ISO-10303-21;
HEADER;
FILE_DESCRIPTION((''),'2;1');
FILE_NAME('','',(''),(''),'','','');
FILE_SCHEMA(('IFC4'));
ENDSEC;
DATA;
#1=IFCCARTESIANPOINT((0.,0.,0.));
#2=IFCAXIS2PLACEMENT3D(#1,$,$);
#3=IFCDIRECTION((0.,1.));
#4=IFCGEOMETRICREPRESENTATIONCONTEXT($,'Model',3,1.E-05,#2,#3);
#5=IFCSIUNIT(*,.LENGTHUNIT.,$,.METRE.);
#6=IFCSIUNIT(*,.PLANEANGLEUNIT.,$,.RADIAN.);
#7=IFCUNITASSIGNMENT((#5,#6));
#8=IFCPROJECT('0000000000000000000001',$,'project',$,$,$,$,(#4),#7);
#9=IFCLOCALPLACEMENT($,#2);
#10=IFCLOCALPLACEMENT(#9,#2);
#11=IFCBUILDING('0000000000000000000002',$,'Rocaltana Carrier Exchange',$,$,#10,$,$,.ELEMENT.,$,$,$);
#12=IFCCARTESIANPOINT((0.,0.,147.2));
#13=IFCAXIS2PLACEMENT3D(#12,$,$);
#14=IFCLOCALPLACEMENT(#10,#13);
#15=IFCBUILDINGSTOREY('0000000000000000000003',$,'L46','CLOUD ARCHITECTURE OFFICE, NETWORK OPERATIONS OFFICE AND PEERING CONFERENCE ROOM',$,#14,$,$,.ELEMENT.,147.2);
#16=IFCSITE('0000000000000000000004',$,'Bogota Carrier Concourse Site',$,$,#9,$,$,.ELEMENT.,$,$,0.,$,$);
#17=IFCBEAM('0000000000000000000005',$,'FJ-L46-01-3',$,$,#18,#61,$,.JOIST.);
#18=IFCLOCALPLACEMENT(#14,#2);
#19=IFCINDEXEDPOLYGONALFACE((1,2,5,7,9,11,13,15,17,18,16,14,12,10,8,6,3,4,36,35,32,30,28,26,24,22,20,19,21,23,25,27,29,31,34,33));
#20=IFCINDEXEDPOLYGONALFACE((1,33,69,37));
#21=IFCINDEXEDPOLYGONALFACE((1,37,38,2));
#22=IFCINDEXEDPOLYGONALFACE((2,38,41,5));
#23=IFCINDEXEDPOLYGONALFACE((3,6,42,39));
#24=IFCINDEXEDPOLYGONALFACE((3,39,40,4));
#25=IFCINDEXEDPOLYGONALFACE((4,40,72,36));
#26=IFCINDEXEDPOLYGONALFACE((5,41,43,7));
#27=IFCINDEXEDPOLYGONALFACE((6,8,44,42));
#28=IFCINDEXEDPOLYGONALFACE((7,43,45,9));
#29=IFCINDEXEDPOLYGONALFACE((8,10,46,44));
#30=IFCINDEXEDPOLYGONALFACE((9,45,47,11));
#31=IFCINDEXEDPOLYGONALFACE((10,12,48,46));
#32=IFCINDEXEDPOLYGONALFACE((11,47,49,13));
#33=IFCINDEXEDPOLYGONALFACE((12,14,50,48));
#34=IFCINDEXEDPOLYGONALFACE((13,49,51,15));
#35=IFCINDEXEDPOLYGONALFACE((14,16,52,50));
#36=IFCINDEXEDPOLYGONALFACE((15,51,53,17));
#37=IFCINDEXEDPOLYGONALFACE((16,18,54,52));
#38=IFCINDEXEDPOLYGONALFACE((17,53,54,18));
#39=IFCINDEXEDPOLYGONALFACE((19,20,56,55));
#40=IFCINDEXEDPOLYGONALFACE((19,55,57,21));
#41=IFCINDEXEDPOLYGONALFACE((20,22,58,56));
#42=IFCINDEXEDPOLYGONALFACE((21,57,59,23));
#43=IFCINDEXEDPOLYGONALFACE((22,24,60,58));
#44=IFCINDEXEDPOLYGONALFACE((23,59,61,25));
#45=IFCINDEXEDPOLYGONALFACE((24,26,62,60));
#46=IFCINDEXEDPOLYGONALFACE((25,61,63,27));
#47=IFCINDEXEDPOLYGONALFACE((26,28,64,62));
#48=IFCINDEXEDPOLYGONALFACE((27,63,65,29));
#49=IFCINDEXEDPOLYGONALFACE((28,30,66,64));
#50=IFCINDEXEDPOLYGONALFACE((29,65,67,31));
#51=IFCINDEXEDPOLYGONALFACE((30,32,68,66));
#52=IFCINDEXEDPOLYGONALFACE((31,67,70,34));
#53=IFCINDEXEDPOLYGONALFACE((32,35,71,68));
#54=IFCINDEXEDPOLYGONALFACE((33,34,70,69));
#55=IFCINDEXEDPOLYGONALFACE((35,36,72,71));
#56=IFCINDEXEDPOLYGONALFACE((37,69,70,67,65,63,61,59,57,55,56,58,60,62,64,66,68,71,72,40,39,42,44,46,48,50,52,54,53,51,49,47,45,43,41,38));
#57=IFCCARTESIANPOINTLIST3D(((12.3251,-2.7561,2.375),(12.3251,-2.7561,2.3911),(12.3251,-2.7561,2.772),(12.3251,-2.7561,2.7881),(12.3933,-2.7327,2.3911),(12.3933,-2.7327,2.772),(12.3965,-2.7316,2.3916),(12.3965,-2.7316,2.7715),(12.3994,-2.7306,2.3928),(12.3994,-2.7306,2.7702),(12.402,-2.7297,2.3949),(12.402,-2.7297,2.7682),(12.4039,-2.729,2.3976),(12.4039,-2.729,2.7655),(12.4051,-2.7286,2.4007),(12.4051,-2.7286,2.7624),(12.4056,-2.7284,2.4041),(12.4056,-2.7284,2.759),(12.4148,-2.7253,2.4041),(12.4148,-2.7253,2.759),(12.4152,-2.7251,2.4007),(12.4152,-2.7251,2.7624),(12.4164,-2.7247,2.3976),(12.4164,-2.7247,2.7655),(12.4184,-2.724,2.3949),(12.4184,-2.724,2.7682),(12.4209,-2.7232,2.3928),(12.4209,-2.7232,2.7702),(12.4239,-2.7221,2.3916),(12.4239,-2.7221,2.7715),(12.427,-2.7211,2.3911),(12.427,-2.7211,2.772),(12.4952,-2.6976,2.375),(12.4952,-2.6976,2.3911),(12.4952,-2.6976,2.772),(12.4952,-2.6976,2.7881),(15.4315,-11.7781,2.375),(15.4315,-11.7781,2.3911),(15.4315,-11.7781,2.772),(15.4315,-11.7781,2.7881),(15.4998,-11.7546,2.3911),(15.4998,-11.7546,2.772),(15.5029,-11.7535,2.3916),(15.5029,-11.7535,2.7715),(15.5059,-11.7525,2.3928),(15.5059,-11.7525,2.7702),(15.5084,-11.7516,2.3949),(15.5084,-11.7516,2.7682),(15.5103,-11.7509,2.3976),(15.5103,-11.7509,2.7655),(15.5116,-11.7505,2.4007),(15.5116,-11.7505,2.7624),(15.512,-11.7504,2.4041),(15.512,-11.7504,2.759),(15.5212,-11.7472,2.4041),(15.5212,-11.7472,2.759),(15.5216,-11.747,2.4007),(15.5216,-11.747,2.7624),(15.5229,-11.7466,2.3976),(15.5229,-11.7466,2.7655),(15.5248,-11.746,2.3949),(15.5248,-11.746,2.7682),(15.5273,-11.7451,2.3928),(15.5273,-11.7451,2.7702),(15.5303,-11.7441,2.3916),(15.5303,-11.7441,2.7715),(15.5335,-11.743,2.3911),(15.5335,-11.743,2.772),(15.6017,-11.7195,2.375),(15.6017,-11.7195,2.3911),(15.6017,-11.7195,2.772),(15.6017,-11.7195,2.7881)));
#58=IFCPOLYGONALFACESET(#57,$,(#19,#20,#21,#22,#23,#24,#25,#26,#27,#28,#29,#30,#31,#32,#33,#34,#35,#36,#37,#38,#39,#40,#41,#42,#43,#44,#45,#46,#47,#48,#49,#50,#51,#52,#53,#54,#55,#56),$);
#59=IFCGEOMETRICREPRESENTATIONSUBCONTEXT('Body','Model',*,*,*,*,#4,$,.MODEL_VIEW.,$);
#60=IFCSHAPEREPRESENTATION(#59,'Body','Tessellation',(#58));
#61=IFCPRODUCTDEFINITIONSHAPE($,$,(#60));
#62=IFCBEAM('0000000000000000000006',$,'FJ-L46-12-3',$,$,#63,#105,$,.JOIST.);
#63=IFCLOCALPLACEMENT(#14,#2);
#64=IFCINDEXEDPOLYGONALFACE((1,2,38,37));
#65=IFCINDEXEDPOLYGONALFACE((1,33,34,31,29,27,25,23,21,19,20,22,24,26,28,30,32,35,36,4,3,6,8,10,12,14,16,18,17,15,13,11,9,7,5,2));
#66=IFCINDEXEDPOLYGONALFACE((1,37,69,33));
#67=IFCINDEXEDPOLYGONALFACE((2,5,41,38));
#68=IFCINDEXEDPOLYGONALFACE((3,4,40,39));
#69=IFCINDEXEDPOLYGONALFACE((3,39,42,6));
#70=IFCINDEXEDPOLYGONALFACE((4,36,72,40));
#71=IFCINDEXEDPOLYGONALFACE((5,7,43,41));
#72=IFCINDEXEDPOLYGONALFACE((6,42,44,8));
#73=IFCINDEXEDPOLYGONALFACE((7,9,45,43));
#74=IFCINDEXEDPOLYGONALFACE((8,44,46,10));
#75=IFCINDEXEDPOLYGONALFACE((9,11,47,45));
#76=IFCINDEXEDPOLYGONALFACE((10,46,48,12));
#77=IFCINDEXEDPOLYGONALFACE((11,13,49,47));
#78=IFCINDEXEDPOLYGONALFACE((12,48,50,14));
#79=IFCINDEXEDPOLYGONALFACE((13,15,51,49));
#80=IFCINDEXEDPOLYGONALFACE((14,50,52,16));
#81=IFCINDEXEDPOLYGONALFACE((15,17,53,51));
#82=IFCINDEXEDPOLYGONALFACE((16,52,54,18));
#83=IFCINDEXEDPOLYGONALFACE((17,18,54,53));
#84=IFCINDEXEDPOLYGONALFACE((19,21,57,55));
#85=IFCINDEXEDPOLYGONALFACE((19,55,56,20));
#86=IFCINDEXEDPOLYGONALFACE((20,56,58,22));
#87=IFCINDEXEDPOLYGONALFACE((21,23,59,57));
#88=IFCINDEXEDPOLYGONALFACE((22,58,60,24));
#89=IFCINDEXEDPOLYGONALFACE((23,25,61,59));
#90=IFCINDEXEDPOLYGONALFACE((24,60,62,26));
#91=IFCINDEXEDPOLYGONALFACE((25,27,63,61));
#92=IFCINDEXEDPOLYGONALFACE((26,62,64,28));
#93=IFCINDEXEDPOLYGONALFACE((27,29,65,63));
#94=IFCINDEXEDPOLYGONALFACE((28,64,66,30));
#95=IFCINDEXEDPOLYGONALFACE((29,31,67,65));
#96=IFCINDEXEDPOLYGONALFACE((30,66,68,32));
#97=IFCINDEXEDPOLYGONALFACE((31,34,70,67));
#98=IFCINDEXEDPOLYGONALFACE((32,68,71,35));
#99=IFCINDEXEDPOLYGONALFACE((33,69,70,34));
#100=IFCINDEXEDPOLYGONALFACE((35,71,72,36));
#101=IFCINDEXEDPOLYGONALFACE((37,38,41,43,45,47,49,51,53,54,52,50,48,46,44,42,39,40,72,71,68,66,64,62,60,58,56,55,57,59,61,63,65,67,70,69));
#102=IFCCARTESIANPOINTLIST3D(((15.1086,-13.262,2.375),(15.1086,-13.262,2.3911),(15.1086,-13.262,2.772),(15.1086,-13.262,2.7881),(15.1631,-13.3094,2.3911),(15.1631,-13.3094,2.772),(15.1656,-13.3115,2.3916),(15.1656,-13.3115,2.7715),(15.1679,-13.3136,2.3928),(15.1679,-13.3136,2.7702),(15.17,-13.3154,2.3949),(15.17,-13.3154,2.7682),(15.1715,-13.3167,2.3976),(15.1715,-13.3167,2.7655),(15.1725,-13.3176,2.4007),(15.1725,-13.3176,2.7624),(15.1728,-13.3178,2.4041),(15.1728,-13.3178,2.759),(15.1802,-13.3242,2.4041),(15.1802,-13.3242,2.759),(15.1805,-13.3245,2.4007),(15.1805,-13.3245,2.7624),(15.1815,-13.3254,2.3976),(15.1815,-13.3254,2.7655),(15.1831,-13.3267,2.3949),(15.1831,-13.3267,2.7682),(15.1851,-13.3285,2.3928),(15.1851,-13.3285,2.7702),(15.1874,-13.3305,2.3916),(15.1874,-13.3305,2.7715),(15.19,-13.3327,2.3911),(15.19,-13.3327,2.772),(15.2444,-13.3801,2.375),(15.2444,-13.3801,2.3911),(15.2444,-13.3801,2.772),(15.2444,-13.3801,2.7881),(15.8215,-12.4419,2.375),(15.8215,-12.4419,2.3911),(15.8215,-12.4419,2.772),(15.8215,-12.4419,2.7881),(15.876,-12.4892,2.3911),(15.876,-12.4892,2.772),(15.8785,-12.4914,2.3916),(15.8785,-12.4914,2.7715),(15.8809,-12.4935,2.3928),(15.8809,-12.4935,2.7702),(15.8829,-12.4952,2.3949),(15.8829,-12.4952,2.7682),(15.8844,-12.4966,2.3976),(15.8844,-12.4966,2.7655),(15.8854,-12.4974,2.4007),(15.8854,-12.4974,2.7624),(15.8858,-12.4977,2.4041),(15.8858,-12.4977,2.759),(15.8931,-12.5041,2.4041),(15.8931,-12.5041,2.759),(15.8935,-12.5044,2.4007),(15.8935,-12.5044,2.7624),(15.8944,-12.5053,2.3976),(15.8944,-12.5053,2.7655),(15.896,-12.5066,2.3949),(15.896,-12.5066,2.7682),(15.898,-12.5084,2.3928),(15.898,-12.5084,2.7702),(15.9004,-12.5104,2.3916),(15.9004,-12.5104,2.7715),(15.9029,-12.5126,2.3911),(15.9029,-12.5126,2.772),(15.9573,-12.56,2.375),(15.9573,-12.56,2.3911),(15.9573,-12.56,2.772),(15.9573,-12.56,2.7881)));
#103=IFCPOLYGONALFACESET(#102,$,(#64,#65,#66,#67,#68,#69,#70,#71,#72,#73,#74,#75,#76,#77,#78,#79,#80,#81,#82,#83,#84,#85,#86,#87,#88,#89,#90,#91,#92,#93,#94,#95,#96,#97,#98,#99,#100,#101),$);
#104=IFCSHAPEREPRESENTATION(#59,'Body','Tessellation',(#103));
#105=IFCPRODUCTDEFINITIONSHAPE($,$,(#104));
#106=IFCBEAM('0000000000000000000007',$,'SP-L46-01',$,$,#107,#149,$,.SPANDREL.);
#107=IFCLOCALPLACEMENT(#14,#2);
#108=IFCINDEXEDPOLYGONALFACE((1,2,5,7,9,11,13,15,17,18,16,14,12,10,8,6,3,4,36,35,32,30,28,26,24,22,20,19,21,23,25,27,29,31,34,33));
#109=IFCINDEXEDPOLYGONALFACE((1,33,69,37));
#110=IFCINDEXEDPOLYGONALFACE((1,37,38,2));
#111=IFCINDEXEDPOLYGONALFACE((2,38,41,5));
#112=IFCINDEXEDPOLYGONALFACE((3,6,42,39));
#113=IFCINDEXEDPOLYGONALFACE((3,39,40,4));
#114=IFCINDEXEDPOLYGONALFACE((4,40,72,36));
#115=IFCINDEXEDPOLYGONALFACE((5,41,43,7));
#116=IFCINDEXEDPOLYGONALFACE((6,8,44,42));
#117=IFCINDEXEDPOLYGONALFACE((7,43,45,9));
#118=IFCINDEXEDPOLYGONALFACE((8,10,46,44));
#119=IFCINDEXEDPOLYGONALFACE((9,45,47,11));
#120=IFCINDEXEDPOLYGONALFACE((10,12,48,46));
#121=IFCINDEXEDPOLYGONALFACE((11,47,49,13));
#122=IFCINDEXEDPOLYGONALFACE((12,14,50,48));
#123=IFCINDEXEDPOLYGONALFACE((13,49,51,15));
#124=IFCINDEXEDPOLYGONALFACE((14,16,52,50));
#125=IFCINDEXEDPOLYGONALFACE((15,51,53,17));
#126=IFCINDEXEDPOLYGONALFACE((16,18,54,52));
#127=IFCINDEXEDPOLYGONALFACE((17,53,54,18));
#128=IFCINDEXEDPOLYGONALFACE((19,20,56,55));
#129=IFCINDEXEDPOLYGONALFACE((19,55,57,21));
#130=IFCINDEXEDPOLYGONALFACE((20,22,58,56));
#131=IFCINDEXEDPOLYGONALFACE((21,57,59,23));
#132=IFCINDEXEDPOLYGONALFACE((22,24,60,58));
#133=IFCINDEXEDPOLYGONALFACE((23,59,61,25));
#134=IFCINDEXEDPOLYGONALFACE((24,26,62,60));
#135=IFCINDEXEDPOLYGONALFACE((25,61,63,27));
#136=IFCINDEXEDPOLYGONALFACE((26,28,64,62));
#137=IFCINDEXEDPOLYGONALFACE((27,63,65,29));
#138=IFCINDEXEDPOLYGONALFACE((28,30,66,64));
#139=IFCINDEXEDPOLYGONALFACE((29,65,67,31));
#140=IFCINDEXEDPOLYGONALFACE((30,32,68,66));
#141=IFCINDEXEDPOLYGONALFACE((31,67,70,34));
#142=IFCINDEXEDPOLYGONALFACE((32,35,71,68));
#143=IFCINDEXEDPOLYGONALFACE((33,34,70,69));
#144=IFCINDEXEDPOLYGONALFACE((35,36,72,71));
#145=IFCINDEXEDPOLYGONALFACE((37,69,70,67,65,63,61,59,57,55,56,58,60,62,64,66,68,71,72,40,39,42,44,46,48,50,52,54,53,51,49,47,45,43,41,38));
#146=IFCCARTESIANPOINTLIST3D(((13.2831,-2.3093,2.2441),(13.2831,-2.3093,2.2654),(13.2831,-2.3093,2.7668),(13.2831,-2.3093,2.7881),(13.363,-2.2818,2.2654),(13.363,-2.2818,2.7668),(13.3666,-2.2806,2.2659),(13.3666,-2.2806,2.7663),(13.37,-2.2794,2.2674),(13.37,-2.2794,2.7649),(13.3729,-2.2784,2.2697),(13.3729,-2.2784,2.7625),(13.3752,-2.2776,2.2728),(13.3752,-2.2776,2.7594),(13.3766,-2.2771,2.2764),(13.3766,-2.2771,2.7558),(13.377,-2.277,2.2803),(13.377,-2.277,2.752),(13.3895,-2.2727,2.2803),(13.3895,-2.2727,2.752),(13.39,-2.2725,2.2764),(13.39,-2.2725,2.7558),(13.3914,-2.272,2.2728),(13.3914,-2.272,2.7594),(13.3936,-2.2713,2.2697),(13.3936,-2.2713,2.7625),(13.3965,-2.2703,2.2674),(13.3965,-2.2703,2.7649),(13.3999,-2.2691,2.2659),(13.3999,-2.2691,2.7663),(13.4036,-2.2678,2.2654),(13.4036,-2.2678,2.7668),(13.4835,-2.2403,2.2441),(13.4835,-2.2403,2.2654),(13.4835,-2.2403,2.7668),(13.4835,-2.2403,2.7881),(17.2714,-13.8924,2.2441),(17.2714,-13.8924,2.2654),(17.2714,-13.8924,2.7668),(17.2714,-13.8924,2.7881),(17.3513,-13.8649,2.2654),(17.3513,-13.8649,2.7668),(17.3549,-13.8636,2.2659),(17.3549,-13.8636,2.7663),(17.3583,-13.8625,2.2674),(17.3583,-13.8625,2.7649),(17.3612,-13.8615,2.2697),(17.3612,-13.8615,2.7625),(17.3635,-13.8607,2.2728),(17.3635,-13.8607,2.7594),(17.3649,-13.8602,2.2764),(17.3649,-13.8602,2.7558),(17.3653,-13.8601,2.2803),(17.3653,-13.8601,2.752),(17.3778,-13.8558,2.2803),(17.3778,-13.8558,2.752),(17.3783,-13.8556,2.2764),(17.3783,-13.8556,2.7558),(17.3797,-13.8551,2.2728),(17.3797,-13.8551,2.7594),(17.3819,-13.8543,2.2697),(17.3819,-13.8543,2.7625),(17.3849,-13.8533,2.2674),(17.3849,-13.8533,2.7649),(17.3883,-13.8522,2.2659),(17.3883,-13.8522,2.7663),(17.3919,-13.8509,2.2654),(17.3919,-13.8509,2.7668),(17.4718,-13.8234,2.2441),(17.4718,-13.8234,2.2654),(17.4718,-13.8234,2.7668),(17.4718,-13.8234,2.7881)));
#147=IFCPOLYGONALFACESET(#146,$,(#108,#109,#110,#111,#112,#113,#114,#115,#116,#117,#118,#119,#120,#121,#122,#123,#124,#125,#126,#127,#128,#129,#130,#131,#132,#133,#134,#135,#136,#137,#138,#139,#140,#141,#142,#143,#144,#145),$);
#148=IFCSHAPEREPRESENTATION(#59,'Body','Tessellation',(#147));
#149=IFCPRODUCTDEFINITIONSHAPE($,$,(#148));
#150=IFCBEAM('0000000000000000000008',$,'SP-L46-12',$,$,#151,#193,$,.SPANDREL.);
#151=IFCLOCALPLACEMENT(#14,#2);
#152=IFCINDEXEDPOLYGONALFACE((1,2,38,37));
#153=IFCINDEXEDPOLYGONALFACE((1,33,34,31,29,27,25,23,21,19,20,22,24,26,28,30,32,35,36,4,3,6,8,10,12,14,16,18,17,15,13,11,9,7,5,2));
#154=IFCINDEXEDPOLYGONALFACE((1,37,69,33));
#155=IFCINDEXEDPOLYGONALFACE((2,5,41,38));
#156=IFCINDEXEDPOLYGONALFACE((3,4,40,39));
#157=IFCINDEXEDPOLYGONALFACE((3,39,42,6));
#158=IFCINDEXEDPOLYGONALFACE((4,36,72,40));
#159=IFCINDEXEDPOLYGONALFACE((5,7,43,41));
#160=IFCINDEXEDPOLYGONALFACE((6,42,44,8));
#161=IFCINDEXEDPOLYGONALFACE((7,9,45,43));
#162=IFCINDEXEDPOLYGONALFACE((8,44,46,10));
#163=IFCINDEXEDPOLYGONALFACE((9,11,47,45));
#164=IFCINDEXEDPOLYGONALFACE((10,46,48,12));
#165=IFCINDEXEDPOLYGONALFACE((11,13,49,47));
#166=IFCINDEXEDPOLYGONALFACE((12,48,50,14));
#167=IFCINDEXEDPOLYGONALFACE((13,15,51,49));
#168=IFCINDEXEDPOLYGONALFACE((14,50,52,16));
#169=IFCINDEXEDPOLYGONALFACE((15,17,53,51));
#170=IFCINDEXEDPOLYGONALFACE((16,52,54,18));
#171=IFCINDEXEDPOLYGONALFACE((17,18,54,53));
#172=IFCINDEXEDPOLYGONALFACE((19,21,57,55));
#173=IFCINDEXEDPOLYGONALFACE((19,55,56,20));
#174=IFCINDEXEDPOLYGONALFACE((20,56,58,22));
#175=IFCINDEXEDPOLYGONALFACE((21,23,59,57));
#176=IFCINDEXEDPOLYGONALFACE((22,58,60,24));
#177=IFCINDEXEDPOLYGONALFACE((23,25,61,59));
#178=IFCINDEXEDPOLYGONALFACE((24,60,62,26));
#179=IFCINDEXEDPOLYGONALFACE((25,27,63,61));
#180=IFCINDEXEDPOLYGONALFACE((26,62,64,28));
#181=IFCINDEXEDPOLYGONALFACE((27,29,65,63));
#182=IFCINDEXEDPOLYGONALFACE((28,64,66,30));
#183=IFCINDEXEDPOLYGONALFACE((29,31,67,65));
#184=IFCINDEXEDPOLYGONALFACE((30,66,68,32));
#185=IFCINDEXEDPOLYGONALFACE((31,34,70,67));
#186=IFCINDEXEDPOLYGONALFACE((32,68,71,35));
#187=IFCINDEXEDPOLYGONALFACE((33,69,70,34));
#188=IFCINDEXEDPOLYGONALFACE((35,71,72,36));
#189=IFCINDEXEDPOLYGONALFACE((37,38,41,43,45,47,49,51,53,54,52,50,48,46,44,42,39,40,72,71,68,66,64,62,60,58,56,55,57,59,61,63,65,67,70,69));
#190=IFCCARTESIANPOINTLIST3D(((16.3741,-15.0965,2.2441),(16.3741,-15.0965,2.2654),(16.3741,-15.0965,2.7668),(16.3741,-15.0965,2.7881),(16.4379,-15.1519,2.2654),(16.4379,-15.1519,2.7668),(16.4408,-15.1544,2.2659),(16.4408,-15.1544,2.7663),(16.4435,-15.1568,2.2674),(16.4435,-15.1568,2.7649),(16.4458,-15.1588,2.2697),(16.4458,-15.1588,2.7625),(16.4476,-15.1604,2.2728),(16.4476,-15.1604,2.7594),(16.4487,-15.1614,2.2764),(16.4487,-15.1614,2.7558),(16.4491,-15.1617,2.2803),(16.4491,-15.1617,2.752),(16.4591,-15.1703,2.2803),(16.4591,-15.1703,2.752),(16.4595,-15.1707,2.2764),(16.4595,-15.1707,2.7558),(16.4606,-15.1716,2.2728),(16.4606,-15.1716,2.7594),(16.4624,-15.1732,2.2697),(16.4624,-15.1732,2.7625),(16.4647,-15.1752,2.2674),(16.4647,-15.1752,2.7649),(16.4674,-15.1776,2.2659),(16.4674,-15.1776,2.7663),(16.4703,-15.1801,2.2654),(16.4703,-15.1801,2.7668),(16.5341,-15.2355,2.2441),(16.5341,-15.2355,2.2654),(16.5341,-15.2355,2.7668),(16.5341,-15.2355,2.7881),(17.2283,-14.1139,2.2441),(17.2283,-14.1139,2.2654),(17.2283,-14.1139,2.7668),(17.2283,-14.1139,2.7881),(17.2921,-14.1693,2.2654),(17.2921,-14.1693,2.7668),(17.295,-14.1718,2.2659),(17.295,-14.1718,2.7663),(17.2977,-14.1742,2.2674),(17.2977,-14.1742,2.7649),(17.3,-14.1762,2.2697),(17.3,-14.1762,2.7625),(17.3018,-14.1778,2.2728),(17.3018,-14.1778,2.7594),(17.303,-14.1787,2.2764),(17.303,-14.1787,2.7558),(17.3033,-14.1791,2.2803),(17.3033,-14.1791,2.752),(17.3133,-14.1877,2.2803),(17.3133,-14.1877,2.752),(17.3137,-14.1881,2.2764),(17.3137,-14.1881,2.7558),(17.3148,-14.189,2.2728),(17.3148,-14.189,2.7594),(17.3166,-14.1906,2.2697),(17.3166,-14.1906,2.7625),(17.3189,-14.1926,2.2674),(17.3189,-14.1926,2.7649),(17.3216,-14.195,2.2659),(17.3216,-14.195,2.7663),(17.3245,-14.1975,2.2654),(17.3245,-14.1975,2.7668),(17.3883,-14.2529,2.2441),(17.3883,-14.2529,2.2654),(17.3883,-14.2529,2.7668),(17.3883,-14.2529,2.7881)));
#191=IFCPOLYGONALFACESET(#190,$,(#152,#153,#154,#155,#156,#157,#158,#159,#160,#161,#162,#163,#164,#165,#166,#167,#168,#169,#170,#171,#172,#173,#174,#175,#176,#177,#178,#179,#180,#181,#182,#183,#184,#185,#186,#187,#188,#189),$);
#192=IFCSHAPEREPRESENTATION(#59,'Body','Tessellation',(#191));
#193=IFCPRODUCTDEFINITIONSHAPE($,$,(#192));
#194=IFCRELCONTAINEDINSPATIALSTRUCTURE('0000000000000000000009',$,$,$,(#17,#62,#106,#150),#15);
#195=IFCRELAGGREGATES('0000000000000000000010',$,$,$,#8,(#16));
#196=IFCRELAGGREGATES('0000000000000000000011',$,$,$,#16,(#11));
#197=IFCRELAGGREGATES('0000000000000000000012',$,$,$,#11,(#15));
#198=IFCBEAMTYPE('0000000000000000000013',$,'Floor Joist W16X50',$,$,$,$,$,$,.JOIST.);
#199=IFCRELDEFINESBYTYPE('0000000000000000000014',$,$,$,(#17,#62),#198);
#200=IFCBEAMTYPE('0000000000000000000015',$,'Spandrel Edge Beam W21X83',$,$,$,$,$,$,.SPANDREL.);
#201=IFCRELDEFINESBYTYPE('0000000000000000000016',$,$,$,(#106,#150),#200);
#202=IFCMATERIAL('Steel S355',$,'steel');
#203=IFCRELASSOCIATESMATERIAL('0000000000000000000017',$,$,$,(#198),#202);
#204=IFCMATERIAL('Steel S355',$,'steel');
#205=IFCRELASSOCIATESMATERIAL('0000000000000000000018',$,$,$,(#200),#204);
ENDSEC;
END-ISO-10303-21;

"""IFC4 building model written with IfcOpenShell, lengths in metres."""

from ifc_helpers import new_model, si_unit, direction, frame, origin, origin_2d, place, context, subcontext, project, spatial, i_section, extrude, material, material_profile, profile_set, type_object, element, save


model = new_model("IFC4")

# Units and contexts
model_context = context("Model", 3, precision=1e-05, world=origin(), true_north=direction((0.0, 1.0)))
body_context = subcontext(model_context, "Body", "Model", "MODEL_VIEW")
ifc_project = project(units=[si_unit("LENGTHUNIT", "METRE"), si_unit("PLANEANGLEUNIT", "RADIAN")], contexts=[model_context])

# Site, building, storey
site_placement = place(None, origin())
site = spatial("IfcSite", under=ifc_project, at=site_placement, Name="Bogota Carrier Concourse Site", CompositionType="ELEMENT", RefElevation=0.0)
building_placement = place(site_placement, origin())
building = spatial("IfcBuilding", under=site, at=building_placement, Name="Rocaltana Carrier Exchange", CompositionType="ELEMENT")
storey_placement = place(building_placement, frame((0.0, 0.0, 147.2)))
storey = spatial("IfcBuildingStorey", under=building, at=storey_placement, Name="L46", Description="CLOUD ARCHITECTURE OFFICE, NETWORK OPERATIONS OFFICE AND PEERING CONFERENCE ROOM", CompositionType="ELEMENT", Elevation=147.2)

# Beams
ifc_material_1 = material(Name="Steel S355", Category="steel")
ifc_material_profile_1 = material_profile(ifc_material_1, i_section(OverallWidth=0.1799, OverallDepth=0.4131, WebThickness=0.0098, FlangeThickness=0.0161, FilletRadius=0.0129, at=origin_2d()), Name="W16X50")
ifc_profile_set_1 = profile_set([ifc_material_profile_1], Name="Steel S355")
beam_type_1 = type_object("IfcBeamType", Name="Floor Joist W16X50", PredefinedType="JOIST", material=ifc_profile_set_1)
beam_1_placement = place(storey_placement, frame((15.5166, -11.7488, 2.5815), z_axis=(-0.325562, 0.945521, 0.0), x_axis=(-0.945521, -0.325562, 0.0)))
element("IfcBeam", 1, at=beam_1_placement, inside=storey, type_object=beam_type_1, Name="FJ-L46-01-3", PredefinedType="JOIST", context=body_context, shape_type="SweptSolid", body=[
    extrude(i_section(OverallWidth=0.1799, OverallDepth=0.4131, WebThickness=0.0098, FlangeThickness=0.0161, FilletRadius=0.0129, at=origin_2d()), origin(), (0.0, 0.0, 1.0), 9.5417),
])
beam_2_placement = place(storey_placement, frame((15.1765, -13.321, 2.5815), z_axis=(0.656067, 0.754702, 0.0), x_axis=(-0.754702, 0.656067, 0.0)))
element("IfcBeam", 2, at=beam_2_placement, inside=storey, type_object=beam_type_1, Name="FJ-L46-12-3", PredefinedType="JOIST", context=body_context, shape_type="SweptSolid", body=[
    extrude(i_section(OverallWidth=0.1799, OverallDepth=0.4131, WebThickness=0.0098, FlangeThickness=0.0161, FilletRadius=0.0129, at=origin_2d()), origin(), (0.0, 0.0, 1.0), 1.0867),
])
ifc_material_2 = material(Name="Steel S355", Category="steel")
ifc_material_profile_2 = material_profile(ifc_material_2, i_section(OverallWidth=0.2119, OverallDepth=0.5439, WebThickness=0.0132, FlangeThickness=0.0212, FilletRadius=0.0149, at=origin_2d()), Name="W21X83")
ifc_profile_set_2 = profile_set([ifc_material_profile_2], Name="Steel S355")
beam_type_2 = type_object("IfcBeamType", Name="Spandrel Edge Beam W21X83", PredefinedType="SPANDREL", material=ifc_profile_set_2)
beam_3_placement = place(storey_placement, frame((17.3716, -13.8579, 2.5161), z_axis=(-0.325563, 0.94552, 0.0), x_axis=(-0.94552, -0.325563, 0.0)))
element("IfcBeam", 3, at=beam_3_placement, inside=storey, type_object=beam_type_2, Name="SP-L46-01", PredefinedType="SPANDREL", context=body_context, shape_type="SweptSolid", body=[
    extrude(i_section(OverallWidth=0.2119, OverallDepth=0.5439, WebThickness=0.0132, FlangeThickness=0.0212, FilletRadius=0.0149, at=origin_2d()), origin(), (0.0, 0.0, 1.0), 12.2505),
])
beam_4_placement = place(storey_placement, frame((16.4541, -15.166, 2.5161), z_axis=(0.656072, 0.754698, 0.0), x_axis=(-0.754698, 0.656072, 0.0)))
element("IfcBeam", 4, at=beam_4_placement, inside=storey, type_object=beam_type_2, Name="SP-L46-12", PredefinedType="SPANDREL", context=body_context, shape_type="SweptSolid", body=[
    extrude(i_section(OverallWidth=0.2119, OverallDepth=0.5439, WebThickness=0.0132, FlangeThickness=0.0212, FilletRadius=0.0149, at=origin_2d()), origin(), (0.0, 0.0, 1.0), 1.302),
])

save(model, "model.ifc")
